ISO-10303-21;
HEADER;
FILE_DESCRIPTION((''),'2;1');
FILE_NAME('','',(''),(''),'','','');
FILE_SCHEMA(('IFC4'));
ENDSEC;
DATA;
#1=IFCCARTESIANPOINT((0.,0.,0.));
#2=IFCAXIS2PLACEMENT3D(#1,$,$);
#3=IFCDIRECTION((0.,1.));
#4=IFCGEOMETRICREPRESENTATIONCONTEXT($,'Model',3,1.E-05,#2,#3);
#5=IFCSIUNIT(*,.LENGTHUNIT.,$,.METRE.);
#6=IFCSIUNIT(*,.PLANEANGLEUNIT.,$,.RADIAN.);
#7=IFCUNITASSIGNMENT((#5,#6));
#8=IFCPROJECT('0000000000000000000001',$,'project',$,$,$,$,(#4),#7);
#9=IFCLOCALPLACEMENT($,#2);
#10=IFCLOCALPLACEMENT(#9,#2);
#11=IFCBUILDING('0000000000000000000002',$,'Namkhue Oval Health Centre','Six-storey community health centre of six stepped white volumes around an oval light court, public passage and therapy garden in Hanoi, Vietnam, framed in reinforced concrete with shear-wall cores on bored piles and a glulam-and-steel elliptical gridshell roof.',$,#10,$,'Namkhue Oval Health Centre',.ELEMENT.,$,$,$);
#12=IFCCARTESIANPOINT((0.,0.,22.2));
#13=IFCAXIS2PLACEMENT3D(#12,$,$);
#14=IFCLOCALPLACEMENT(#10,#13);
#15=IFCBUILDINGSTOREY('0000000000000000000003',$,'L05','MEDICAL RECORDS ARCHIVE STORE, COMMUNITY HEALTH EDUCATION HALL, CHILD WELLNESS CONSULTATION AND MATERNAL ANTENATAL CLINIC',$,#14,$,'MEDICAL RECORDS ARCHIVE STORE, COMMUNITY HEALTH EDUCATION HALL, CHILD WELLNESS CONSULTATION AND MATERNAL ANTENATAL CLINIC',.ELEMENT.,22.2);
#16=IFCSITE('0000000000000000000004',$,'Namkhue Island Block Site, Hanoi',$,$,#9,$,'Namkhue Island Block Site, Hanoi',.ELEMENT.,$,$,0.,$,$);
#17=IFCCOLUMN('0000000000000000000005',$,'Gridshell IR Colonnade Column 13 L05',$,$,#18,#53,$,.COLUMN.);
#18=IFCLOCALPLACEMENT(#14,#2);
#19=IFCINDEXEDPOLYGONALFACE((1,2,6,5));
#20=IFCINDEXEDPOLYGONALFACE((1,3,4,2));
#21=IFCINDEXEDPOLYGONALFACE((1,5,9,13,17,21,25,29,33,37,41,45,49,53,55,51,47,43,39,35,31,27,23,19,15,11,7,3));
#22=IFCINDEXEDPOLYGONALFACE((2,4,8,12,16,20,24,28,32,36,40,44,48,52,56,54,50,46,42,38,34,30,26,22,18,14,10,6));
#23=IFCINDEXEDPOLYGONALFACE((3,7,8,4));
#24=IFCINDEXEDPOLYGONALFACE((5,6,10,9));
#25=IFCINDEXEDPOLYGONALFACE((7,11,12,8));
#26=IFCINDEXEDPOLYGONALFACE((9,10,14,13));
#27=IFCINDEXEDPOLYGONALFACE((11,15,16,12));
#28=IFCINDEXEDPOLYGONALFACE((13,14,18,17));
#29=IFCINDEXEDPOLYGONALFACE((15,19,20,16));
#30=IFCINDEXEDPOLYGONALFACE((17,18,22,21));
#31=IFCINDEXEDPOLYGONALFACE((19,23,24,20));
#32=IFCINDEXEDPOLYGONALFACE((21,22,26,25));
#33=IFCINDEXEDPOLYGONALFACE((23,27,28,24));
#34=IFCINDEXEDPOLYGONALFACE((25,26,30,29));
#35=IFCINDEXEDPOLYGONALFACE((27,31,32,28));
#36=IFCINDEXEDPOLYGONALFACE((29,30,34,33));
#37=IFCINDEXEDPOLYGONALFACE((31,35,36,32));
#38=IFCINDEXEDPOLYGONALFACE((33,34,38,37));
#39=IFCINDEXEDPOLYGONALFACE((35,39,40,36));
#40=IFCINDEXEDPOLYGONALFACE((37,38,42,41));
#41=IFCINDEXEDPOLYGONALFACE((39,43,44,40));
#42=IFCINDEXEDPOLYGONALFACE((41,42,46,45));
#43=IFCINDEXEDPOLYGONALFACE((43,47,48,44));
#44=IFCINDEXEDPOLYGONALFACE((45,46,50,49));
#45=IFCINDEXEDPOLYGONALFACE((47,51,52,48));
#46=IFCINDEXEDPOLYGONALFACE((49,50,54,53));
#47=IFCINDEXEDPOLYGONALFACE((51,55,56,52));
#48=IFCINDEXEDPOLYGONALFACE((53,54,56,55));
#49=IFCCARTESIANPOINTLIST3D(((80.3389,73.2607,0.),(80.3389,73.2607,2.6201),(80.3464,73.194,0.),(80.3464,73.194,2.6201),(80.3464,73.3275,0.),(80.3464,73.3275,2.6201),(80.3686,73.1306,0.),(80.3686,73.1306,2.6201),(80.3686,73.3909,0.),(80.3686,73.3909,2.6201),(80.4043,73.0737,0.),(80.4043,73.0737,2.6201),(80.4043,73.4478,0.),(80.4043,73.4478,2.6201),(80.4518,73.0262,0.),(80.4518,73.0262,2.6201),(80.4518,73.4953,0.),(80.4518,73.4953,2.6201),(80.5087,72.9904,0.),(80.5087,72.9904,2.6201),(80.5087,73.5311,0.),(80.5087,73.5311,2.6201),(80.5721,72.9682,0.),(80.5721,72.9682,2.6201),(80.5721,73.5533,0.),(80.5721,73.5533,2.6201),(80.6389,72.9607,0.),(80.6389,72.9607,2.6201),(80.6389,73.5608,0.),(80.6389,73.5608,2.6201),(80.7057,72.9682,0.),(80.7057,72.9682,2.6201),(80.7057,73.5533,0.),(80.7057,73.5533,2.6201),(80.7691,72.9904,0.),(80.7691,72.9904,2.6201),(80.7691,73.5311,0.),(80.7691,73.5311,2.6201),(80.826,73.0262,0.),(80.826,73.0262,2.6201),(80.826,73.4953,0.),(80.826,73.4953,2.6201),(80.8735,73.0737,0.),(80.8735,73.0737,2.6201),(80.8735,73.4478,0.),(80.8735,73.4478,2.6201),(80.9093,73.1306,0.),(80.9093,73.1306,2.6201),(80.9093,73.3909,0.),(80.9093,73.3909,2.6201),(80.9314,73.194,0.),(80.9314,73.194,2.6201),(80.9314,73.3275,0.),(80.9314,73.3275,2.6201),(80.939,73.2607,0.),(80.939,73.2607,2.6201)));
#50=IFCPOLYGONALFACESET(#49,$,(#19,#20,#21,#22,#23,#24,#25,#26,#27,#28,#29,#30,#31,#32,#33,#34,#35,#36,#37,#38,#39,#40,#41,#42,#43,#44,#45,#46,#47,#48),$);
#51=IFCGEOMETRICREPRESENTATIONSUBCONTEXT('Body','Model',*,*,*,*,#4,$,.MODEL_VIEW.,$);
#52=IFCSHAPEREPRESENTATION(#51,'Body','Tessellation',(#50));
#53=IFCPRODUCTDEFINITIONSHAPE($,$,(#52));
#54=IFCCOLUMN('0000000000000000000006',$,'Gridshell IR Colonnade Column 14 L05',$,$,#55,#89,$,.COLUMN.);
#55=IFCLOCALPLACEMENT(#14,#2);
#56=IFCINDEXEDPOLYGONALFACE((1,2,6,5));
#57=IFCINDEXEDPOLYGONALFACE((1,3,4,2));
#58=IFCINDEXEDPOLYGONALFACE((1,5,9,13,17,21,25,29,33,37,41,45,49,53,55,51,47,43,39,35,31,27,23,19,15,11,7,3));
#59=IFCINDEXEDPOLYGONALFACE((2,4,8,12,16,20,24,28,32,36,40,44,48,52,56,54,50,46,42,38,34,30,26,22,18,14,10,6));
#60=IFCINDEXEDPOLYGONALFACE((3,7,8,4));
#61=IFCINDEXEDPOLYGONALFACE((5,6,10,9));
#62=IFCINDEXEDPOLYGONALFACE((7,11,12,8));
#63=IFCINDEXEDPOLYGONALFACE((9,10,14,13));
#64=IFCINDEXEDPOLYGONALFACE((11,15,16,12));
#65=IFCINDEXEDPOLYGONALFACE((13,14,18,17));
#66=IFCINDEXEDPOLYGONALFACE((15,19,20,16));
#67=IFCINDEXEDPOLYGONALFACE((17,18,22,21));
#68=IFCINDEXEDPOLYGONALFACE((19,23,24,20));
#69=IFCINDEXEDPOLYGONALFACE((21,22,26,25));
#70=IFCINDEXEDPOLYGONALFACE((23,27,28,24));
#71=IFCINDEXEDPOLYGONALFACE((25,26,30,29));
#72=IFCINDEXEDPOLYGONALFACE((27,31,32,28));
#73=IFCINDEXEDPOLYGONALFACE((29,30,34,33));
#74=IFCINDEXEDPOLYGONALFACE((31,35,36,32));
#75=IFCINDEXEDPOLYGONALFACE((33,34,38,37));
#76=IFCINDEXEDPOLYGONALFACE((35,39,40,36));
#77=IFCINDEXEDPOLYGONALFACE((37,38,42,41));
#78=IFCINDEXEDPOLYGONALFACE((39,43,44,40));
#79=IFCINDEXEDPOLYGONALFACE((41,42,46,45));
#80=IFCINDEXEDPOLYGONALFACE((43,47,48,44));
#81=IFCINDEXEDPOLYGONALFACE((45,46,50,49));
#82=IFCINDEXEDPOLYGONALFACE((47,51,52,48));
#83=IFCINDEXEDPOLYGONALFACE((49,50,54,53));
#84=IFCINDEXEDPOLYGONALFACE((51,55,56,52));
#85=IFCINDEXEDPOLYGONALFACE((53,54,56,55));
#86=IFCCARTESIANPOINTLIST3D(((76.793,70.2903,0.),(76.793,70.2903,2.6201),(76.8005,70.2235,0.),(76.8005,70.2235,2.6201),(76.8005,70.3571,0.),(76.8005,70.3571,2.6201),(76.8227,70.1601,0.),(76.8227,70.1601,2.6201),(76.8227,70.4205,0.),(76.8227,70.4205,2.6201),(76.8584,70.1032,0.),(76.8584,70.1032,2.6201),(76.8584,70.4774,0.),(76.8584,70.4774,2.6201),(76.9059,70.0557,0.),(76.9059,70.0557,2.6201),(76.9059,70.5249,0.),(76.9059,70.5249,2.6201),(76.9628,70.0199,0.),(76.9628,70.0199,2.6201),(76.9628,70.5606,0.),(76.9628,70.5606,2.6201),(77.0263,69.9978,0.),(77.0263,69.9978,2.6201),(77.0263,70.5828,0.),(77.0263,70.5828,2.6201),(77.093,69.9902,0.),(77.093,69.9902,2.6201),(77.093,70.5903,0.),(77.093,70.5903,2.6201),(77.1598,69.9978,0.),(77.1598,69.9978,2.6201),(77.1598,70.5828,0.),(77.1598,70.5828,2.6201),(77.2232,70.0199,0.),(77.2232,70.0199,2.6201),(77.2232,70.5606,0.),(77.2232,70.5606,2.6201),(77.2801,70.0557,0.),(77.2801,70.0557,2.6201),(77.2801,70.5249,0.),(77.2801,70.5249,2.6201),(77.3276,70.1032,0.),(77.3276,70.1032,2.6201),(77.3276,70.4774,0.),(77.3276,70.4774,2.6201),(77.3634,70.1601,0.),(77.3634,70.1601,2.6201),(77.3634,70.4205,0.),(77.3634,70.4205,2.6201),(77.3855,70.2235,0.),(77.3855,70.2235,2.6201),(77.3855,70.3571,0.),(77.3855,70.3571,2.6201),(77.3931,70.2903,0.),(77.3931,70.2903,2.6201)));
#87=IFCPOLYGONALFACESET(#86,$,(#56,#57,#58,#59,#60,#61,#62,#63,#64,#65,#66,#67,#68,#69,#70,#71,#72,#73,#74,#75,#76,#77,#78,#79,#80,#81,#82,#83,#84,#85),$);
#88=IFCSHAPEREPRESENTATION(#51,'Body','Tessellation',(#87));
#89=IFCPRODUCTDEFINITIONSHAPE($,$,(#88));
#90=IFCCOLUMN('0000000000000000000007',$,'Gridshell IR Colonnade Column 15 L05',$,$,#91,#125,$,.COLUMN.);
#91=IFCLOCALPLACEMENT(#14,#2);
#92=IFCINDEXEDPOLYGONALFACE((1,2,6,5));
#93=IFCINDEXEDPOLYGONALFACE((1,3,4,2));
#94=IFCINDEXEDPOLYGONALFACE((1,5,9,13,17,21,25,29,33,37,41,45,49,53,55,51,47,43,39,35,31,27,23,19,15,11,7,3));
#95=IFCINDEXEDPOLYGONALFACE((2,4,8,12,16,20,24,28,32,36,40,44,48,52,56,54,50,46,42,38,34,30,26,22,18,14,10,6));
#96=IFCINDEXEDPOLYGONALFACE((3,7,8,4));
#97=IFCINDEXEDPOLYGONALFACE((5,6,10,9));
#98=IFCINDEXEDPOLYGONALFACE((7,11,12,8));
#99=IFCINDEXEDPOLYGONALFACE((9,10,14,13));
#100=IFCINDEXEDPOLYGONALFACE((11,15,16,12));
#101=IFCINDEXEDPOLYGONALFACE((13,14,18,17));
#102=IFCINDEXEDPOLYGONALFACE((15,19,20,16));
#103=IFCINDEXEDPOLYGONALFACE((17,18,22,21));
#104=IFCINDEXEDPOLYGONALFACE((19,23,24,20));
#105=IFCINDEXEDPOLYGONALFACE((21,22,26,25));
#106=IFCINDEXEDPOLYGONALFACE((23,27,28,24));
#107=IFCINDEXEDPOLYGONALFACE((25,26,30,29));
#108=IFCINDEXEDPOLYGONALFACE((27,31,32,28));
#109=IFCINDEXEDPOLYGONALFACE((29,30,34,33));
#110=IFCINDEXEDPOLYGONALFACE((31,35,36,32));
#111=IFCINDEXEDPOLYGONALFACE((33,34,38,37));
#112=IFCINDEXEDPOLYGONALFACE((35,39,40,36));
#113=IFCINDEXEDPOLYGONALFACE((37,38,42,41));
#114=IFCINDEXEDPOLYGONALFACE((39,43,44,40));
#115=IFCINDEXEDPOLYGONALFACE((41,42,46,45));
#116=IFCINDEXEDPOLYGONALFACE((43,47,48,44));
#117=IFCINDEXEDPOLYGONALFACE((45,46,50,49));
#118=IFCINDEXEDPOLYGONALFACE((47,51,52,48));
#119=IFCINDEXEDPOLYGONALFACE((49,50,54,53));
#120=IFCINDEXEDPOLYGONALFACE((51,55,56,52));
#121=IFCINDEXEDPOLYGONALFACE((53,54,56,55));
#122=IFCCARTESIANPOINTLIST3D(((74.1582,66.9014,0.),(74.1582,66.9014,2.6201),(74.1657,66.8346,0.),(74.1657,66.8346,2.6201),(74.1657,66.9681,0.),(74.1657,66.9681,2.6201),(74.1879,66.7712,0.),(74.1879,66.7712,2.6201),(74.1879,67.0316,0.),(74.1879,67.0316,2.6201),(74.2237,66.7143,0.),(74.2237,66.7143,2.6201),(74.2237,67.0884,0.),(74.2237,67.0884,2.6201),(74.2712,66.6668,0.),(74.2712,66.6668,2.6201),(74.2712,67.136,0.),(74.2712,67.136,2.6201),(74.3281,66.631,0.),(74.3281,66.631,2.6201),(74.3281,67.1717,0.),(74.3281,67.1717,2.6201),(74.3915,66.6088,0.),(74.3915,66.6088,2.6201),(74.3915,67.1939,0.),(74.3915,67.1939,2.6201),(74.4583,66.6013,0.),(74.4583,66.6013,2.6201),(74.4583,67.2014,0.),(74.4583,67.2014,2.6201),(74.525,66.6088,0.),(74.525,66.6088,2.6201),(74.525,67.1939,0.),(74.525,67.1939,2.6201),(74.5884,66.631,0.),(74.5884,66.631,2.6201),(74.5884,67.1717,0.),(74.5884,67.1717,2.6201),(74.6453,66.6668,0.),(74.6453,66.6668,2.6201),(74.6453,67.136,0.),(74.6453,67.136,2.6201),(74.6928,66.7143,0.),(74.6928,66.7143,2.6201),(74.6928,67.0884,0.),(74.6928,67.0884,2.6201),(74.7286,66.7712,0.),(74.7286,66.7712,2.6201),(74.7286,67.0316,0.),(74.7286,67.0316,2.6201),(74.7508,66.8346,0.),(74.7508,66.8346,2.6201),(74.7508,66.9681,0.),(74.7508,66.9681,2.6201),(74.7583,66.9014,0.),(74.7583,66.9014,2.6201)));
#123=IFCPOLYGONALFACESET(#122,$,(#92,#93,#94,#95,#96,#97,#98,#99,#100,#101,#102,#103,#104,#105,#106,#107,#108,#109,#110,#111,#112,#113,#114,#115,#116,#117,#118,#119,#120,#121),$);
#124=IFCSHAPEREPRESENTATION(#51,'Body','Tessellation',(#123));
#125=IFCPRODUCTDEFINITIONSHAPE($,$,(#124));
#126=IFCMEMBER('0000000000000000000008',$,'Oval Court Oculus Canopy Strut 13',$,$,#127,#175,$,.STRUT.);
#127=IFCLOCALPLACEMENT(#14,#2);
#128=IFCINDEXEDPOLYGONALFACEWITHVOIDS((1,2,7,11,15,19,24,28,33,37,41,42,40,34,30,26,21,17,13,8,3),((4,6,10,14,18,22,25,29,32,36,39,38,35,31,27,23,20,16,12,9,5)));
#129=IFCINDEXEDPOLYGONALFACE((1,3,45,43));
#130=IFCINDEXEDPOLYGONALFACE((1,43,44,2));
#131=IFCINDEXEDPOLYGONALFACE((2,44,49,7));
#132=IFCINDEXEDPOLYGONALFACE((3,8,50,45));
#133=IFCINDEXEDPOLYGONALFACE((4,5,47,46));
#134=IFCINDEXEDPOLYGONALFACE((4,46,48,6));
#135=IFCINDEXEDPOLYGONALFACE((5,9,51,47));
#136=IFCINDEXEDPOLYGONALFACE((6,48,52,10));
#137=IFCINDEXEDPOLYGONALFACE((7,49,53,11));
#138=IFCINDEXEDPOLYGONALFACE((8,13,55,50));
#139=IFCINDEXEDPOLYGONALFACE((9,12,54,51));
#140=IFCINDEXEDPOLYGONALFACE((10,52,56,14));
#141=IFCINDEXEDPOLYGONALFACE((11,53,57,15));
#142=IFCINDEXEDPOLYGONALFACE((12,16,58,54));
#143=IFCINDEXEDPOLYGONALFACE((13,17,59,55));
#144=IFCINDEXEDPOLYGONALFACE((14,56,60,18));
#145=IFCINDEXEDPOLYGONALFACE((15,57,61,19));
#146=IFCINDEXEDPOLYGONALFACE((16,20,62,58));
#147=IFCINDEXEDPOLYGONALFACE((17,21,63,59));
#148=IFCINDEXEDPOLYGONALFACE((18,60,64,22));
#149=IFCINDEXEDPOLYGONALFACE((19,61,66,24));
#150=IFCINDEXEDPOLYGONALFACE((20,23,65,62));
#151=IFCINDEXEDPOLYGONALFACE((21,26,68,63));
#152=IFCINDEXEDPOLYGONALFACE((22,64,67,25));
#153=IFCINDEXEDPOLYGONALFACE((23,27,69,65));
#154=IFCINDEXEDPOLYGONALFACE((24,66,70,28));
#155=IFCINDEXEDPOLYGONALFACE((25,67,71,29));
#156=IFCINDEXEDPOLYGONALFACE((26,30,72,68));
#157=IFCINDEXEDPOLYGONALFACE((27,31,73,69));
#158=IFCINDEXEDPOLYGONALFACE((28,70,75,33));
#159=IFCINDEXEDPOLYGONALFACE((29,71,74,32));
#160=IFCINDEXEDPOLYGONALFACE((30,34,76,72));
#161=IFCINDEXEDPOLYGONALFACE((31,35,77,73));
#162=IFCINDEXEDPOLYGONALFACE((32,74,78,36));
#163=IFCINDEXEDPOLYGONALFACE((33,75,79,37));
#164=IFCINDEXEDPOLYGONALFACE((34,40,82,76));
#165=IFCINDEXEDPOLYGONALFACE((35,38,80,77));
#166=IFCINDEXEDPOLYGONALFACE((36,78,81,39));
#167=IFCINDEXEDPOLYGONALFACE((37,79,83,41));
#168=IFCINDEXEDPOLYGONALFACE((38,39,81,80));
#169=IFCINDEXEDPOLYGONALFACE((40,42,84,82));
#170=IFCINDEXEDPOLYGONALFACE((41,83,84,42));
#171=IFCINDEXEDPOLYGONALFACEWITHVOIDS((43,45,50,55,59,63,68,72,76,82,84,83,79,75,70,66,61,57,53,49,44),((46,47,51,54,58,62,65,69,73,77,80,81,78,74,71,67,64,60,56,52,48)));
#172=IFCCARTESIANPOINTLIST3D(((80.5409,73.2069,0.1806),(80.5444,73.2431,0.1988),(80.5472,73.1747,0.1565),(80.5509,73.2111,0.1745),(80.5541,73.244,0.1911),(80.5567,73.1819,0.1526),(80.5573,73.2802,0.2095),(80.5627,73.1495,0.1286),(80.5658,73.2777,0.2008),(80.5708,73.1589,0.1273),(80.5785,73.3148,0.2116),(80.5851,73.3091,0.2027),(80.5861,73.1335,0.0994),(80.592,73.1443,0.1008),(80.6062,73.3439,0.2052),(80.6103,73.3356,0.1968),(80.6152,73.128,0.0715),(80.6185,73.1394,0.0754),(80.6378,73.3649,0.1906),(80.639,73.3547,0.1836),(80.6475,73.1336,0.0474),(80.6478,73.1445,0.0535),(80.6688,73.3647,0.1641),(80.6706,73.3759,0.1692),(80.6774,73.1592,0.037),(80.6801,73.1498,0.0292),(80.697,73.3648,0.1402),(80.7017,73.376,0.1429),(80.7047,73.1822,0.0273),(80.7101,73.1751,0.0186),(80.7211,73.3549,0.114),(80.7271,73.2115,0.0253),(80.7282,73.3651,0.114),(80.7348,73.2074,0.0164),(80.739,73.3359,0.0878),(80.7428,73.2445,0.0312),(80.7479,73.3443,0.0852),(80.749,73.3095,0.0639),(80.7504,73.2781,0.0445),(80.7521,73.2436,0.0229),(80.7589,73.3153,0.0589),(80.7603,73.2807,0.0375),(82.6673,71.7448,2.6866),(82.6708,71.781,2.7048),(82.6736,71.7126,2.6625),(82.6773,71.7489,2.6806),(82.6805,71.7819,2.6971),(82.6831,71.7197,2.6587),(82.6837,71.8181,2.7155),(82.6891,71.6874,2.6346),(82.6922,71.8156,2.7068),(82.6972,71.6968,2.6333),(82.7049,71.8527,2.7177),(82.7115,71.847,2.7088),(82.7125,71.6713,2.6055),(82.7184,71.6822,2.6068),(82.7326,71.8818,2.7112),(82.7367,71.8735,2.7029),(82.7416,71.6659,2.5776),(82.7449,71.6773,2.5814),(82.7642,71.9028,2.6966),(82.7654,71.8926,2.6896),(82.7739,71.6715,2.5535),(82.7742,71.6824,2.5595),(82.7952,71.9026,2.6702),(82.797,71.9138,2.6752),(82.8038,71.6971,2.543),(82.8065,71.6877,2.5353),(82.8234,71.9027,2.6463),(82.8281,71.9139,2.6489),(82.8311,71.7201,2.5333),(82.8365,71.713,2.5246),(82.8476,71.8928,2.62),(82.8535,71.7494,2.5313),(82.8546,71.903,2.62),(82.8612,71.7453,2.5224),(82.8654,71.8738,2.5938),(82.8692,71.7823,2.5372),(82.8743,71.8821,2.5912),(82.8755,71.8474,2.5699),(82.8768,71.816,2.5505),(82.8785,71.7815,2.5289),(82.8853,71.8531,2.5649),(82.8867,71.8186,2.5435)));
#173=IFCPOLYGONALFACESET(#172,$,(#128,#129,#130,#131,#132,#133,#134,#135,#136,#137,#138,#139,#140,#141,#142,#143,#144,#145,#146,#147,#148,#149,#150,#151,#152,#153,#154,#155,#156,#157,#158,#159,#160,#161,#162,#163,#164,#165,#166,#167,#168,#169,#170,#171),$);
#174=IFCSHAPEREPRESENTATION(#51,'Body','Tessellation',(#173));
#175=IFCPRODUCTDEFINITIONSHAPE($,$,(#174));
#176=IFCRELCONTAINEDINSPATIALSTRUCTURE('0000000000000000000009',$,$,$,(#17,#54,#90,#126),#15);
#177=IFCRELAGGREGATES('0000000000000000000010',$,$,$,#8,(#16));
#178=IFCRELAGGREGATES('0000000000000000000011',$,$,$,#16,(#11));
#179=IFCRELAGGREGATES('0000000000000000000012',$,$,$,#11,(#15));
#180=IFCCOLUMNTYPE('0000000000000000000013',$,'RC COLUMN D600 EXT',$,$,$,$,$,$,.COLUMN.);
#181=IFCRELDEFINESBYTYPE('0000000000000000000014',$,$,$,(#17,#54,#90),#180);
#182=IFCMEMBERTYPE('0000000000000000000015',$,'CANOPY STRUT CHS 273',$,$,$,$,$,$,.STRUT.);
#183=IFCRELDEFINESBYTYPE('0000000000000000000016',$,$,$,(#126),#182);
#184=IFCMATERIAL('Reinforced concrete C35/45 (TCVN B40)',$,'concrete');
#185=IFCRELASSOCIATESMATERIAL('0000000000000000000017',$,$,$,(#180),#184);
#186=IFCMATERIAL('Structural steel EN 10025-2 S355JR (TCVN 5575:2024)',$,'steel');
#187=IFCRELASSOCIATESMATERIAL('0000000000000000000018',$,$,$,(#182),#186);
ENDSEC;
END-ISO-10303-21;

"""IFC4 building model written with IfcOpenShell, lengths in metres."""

from ifc_helpers import new_model, si_unit, direction, frame, origin, origin_2d, place, context, subcontext, project, spatial, circle, hollow_circle, extrude, material, material_profile, profile_set, type_object, element, save


model = new_model("IFC4")

# Units and contexts
model_context = context("Model", 3, precision=1e-05, world=origin(), true_north=direction((0.0, 1.0)))
body_context = subcontext(model_context, "Body", "Model", "MODEL_VIEW")
ifc_project = project(units=[si_unit("LENGTHUNIT", "METRE"), si_unit("PLANEANGLEUNIT", "RADIAN")], contexts=[model_context])

# Site, building, storey
site_placement = place(None, origin())
site = spatial("IfcSite", under=ifc_project, at=site_placement, Name="Namkhue Island Block Site, Hanoi", LongName="Namkhue Island Block Site, Hanoi", CompositionType="ELEMENT", RefElevation=0.0)
building_placement = place(site_placement, origin())
building = spatial("IfcBuilding", under=site, at=building_placement, Name="Namkhue Oval Health Centre", Description="Six-storey community health centre of six stepped white volumes around an oval light court, public passage and therapy garden in Hanoi, Vietnam, framed in reinforced concrete with shear-wall cores on bored piles and a glulam-and-steel elliptical gridshell roof.", LongName="Namkhue Oval Health Centre", CompositionType="ELEMENT")
storey_placement = place(building_placement, frame((0.0, 0.0, 22.2)))
storey = spatial("IfcBuildingStorey", under=building, at=storey_placement, Name="L05", Description="MEDICAL RECORDS ARCHIVE STORE, COMMUNITY HEALTH EDUCATION HALL, CHILD WELLNESS CONSULTATION AND MATERNAL ANTENATAL CLINIC", LongName="MEDICAL RECORDS ARCHIVE STORE, COMMUNITY HEALTH EDUCATION HALL, CHILD WELLNESS CONSULTATION AND MATERNAL ANTENATAL CLINIC", CompositionType="ELEMENT", Elevation=22.2)

# Columns
ifc_material_1 = material(Name="Reinforced concrete C35/45 (TCVN B40)", Category="concrete")
ifc_material_profile_1 = material_profile(ifc_material_1, circle(Radius=0.3, at=origin_2d()), Name="RC D600")
ifc_profile_set_1 = profile_set([ifc_material_profile_1], Name="Reinforced concrete C35/45 (TCVN B40)")
column_type = type_object("IfcColumnType", Name="RC COLUMN D600 EXT", PredefinedType="COLUMN", material=ifc_profile_set_1)
for number, where, z_axis, x_axis, name in (
    (1, (80.6389, 73.2607, 0.0), (0.0, 0.0, 1.0), (1.0, 0.0, 0.0), "Gridshell IR Colonnade Column 13 L05"),
    (2, (77.093, 70.2903, 0.0), (0.0, 0.0, 1.0), (1.0, 0.0, 0.0), "Gridshell IR Colonnade Column 14 L05"),
    (3, (74.4583, 66.9014, 0.0), (0.0, 0.0, 1.0), (1.0, 0.0, 0.0), "Gridshell IR Colonnade Column 15 L05"),
):
    element("IfcColumn", number, at=place(storey_placement, frame(where, z_axis=z_axis, x_axis=x_axis)), inside=storey, type_object=column_type, Name=name, PredefinedType="COLUMN", context=body_context, shape_type="SweptSolid", body=[
        extrude(circle(Radius=0.3, at=origin_2d()), origin(), (0.0, 0.0, 1.0), 2.6201),
    ])

# Member
ifc_material_2 = material(Name="Structural steel EN 10025-2 S355JR (TCVN 5575:2024)", Category="steel")
ifc_material_profile_2 = material_profile(ifc_material_2, hollow_circle(Radius=0.1365, WallThickness=0.0125, at=origin_2d()), Name="CHS 273x12.5")
ifc_profile_set_2 = profile_set([ifc_material_profile_2], Name="Structural steel EN 10025-2 S355JR (TCVN 5575:2024)")
member_type_1 = type_object("IfcMemberType", Name="CANOPY STRUT CHS 273", PredefinedType="STRUT", material=ifc_profile_set_2)
member_1_placement = place(storey_placement, frame((80.6509, 73.2527, 0.114), z_axis=(0.591134, -0.406464, 0.696669), x_axis=(0.566585, 0.824003, 0.0)))
element("IfcMember", 4, at=member_1_placement, inside=storey, type_object=member_type_1, Name="Oval Court Oculus Canopy Strut 13", PredefinedType="STRUT", context=body_context, shape_type="SweptSolid", body=[
    extrude(hollow_circle(Radius=0.1365, WallThickness=0.0125, at=origin_2d()), origin(), (0.0, 0.0, 1.0), 3.5972),
])

save(model, "model.ifc")
